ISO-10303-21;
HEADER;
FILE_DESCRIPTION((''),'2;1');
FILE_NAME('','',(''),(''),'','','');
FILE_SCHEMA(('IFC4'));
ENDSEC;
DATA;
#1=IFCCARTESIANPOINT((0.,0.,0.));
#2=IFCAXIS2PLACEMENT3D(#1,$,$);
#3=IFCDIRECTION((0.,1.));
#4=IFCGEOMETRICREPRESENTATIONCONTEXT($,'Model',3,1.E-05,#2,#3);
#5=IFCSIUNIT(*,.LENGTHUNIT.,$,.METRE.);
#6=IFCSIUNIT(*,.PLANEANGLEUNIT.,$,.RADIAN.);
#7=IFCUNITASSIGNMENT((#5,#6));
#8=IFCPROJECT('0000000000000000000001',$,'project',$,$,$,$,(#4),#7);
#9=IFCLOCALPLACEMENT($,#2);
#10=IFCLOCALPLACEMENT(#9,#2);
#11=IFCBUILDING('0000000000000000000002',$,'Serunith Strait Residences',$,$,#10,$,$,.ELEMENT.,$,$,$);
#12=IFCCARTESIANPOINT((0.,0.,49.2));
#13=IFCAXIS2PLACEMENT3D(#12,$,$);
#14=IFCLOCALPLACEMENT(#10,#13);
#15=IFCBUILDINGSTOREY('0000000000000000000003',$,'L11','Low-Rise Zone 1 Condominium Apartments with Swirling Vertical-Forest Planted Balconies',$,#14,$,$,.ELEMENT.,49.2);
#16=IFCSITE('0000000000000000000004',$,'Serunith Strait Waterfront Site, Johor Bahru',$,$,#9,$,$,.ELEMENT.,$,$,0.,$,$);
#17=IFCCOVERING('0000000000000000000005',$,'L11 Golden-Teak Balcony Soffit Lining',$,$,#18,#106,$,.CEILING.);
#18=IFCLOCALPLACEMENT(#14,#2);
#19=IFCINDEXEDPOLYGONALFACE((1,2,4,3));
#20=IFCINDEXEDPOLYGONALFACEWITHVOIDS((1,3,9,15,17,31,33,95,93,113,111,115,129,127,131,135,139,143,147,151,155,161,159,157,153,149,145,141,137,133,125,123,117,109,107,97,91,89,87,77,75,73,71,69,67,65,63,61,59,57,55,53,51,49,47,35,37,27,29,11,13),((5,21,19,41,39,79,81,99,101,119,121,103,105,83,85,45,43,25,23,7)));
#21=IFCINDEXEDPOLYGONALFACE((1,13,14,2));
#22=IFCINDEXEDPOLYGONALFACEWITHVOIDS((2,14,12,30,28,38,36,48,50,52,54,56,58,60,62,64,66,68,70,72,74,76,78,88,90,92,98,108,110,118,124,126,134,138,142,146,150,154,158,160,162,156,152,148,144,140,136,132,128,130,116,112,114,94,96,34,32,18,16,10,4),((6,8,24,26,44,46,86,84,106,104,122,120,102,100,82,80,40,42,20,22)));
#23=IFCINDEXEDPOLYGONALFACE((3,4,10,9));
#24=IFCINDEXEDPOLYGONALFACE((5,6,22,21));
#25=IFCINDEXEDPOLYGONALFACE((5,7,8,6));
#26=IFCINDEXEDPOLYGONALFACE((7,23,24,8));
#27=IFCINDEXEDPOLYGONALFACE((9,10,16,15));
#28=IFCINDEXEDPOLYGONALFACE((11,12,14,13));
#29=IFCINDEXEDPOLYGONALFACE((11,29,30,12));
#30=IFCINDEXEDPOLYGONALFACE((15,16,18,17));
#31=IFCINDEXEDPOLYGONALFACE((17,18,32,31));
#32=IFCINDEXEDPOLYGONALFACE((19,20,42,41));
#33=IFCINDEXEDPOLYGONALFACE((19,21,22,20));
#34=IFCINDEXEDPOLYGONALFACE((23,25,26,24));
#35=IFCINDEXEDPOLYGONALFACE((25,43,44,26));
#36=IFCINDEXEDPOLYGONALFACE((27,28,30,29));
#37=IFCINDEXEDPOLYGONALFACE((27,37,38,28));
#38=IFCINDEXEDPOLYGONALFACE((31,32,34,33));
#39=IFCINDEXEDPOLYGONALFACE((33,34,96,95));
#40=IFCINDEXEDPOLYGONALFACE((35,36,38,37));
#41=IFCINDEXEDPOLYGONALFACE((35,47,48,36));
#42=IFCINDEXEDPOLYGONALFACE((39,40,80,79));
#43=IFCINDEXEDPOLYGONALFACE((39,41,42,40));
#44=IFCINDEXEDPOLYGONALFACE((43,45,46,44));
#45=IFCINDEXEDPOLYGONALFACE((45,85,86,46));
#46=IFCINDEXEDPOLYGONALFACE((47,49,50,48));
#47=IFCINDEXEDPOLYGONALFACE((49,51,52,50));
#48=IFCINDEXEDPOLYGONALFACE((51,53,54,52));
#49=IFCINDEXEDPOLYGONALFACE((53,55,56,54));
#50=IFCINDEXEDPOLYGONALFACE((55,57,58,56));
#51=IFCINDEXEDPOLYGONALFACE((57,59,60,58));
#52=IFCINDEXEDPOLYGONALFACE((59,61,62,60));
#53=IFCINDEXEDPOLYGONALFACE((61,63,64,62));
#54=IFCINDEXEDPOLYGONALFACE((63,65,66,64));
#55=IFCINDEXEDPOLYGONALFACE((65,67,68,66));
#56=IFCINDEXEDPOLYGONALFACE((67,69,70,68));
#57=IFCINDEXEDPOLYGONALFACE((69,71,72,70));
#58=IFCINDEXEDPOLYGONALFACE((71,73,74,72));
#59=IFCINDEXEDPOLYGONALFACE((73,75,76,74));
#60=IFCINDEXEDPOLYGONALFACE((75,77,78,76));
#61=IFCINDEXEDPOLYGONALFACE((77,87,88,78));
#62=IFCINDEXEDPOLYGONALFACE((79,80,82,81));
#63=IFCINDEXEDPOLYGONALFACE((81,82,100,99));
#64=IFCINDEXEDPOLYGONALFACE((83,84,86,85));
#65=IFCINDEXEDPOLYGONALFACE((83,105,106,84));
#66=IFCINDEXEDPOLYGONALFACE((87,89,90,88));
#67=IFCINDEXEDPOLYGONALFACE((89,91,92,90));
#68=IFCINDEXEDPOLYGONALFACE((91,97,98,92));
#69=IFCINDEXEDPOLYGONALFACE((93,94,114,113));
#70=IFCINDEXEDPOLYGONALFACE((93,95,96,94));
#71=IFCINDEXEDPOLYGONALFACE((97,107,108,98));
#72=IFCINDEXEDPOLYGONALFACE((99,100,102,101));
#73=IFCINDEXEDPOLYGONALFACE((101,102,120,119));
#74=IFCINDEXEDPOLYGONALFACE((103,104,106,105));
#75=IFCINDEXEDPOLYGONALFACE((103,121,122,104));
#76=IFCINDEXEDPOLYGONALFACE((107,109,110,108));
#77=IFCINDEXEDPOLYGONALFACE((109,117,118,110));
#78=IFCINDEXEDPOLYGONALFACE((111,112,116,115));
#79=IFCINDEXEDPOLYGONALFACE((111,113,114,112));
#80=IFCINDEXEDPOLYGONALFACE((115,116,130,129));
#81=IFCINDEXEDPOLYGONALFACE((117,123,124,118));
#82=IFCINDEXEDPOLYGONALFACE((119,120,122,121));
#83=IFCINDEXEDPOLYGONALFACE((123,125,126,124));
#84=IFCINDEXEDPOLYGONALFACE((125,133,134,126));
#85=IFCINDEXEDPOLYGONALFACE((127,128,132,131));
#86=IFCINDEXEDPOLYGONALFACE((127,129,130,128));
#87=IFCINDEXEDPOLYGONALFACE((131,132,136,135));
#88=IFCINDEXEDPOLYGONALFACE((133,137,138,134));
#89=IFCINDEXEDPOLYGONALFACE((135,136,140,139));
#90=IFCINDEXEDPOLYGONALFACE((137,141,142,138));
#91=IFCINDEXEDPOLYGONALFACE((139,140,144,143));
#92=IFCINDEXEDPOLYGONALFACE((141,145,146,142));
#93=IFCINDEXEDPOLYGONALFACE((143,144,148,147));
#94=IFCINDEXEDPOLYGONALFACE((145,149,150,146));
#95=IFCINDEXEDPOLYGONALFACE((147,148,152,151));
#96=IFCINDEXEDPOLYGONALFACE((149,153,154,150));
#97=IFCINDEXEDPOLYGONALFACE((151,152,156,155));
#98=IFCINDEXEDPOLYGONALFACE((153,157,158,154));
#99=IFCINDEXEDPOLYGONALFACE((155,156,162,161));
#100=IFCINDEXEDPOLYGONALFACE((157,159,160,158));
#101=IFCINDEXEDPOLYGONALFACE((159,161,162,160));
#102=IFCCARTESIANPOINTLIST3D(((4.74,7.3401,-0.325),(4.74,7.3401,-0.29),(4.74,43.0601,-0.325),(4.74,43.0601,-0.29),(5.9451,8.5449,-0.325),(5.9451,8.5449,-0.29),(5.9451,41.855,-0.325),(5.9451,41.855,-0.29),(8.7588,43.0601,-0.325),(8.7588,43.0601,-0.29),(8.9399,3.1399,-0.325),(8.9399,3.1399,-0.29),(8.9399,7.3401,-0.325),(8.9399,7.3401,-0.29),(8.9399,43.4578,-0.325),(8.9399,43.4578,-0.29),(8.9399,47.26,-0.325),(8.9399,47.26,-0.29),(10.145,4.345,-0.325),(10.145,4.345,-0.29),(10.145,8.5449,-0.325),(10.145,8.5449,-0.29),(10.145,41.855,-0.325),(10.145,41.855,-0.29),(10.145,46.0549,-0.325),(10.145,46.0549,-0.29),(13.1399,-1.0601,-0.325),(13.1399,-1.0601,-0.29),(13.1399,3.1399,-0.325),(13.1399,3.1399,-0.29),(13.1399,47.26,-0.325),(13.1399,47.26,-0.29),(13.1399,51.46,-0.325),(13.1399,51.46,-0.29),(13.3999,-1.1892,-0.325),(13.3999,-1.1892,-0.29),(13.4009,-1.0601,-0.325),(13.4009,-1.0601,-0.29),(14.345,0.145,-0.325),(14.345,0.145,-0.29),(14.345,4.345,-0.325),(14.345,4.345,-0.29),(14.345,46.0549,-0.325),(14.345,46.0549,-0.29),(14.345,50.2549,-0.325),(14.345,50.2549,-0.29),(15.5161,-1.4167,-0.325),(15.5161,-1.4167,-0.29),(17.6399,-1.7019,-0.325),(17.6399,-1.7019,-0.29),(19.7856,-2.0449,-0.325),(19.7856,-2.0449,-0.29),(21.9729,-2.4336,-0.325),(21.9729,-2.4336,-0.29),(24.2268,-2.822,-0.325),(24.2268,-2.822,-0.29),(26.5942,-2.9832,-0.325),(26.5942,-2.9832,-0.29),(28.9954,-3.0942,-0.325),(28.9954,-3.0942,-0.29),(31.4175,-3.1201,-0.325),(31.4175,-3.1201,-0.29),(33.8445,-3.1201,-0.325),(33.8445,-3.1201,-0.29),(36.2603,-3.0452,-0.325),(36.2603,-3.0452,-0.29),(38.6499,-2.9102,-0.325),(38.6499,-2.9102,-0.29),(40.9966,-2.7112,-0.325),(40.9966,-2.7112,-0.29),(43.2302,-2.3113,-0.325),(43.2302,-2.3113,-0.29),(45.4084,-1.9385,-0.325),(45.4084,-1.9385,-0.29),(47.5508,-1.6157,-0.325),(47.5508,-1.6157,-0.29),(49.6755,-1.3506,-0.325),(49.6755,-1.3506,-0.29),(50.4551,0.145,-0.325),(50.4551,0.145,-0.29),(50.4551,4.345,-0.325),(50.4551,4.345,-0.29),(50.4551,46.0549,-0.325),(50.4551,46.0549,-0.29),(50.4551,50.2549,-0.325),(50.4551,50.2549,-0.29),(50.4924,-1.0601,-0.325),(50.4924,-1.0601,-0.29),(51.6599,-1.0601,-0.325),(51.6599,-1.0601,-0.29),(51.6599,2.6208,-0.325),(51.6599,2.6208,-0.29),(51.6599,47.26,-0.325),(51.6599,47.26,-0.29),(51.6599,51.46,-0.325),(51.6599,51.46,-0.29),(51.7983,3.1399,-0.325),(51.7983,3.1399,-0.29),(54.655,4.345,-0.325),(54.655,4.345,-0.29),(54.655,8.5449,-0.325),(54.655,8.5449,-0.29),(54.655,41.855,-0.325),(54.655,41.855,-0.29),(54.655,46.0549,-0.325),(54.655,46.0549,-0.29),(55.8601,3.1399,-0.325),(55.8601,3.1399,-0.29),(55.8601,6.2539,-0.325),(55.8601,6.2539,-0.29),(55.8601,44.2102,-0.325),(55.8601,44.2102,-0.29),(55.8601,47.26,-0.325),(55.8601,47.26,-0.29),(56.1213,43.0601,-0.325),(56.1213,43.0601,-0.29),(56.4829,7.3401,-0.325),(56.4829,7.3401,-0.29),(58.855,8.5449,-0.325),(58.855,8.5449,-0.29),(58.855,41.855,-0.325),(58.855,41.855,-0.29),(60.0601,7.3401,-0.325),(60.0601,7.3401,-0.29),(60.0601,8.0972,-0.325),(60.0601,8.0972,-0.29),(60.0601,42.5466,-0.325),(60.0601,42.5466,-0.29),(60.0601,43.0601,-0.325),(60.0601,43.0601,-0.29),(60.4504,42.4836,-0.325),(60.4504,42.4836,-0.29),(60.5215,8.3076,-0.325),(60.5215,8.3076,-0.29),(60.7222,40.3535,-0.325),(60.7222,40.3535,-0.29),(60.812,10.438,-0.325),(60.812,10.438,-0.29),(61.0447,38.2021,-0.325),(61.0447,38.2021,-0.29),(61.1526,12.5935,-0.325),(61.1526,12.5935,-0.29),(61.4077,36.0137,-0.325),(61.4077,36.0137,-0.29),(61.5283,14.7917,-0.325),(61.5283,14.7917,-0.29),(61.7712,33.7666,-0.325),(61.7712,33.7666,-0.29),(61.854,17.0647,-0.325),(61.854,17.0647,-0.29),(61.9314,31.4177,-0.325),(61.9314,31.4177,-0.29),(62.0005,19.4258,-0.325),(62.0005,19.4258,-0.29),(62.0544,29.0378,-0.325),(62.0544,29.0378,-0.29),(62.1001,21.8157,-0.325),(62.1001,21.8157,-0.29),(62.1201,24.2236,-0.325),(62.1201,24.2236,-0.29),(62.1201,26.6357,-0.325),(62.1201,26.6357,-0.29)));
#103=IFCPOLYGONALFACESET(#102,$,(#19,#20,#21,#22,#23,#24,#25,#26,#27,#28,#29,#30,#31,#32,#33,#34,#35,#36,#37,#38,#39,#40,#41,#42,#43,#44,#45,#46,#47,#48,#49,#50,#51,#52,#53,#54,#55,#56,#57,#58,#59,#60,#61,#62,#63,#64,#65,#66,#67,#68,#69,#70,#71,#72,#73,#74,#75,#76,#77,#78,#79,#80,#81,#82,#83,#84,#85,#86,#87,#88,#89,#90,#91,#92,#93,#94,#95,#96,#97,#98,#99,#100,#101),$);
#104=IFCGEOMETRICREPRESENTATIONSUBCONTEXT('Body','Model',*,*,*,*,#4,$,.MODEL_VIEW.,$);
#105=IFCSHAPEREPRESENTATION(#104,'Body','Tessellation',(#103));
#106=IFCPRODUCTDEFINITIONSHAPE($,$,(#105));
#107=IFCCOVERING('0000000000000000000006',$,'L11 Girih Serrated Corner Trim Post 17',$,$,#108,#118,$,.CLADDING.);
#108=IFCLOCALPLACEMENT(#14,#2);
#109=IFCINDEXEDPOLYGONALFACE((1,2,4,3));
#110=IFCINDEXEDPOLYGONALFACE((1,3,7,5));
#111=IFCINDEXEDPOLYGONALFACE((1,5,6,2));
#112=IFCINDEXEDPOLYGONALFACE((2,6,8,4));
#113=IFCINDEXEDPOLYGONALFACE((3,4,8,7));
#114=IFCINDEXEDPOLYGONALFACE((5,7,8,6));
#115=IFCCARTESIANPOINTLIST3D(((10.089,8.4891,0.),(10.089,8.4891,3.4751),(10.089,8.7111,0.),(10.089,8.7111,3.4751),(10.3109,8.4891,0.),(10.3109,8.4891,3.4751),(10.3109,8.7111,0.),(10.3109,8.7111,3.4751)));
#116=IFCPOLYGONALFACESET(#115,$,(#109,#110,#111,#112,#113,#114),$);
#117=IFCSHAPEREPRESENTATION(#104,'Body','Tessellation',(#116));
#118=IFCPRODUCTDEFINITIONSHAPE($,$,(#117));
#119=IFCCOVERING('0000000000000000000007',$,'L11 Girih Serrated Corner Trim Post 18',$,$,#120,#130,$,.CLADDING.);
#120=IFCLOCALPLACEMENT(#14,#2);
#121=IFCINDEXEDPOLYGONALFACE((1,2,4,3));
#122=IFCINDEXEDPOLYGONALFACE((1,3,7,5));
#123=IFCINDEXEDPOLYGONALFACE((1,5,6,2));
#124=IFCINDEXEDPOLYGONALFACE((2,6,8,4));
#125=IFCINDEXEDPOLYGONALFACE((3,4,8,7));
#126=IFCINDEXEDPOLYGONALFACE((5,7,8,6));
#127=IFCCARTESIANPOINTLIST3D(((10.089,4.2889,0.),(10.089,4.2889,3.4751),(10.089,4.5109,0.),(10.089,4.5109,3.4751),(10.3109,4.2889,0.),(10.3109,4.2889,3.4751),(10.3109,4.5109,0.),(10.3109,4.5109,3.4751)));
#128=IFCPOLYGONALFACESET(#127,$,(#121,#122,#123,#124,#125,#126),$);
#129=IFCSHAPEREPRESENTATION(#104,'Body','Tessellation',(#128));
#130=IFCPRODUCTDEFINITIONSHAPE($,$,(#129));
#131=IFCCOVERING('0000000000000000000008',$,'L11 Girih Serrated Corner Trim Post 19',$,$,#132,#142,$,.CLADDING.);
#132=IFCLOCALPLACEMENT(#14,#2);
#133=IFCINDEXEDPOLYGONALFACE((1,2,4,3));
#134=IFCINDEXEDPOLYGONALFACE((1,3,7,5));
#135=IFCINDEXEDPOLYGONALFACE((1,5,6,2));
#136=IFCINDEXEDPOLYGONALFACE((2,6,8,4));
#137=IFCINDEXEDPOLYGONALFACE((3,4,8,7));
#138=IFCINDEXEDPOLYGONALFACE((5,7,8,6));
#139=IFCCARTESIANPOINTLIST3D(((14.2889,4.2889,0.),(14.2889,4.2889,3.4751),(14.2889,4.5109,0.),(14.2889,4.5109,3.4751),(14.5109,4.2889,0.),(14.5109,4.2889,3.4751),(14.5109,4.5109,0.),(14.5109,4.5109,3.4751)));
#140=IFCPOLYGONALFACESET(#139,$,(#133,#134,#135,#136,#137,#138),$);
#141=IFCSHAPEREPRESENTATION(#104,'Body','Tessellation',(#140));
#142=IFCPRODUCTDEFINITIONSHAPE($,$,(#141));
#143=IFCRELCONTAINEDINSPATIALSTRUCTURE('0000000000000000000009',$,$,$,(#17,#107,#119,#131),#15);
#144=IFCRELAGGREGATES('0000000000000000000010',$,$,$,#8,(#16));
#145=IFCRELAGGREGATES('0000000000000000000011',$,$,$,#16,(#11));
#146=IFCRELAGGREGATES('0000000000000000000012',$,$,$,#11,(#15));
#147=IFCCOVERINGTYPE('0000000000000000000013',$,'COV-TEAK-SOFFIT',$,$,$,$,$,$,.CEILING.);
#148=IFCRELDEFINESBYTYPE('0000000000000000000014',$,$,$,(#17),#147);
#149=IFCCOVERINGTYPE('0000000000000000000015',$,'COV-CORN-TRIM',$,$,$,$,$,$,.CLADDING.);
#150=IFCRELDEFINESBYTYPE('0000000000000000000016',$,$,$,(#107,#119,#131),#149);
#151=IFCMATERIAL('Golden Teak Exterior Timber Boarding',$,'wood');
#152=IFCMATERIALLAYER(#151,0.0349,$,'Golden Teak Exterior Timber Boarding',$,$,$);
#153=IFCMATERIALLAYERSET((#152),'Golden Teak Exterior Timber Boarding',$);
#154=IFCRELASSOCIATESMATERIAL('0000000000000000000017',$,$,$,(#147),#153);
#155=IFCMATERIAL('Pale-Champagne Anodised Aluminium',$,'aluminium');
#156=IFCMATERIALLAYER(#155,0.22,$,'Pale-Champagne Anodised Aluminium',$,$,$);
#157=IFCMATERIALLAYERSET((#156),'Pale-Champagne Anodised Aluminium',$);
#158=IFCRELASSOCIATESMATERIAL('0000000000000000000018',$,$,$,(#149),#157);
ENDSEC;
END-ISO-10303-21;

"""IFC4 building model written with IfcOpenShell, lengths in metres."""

from ifc_helpers import new_model, si_unit, direction, frame, origin, origin_2d, place, context, subcontext, project, spatial, polyline, rectangle, outline, extrude, source, transform, mapped, material, layer, layer_set, type_object, element, save


model = new_model("IFC4")

# Units and contexts
model_context = context("Model", 3, precision=1e-05, world=origin(), true_north=direction((0.0, 1.0)))
body_context = subcontext(model_context, "Body", "Model", "MODEL_VIEW")
ifc_project = project(units=[si_unit("LENGTHUNIT", "METRE"), si_unit("PLANEANGLEUNIT", "RADIAN")], contexts=[model_context])

# Site, building, storey
site_placement = place(None, origin())
site = spatial("IfcSite", under=ifc_project, at=site_placement, Name="Serunith Strait Waterfront Site, Johor Bahru", CompositionType="ELEMENT", RefElevation=0.0)
building_placement = place(site_placement, origin())
building = spatial("IfcBuilding", under=site, at=building_placement, Name="Serunith Strait Residences", CompositionType="ELEMENT")
storey_placement = place(building_placement, frame((0.0, 0.0, 49.2)))
storey = spatial("IfcBuildingStorey", under=building, at=storey_placement, Name="L11", Description="Low-Rise Zone 1 Condominium Apartments with Swirling Vertical-Forest Planted Balconies", CompositionType="ELEMENT", Elevation=49.2)

# Shared definitions
ifc_material_1 = material(Name="Pale-Champagne Anodised Aluminium", Category="aluminium")

# Covering
ifc_material_2 = material(Name="Golden Teak Exterior Timber Boarding", Category="wood")
ifc_layer_1 = layer(ifc_material_2, 0.0349, Name="Golden Teak Exterior Timber Boarding")
ifc_layer_set_1 = layer_set([ifc_layer_1], Name="Golden Teak Exterior Timber Boarding")
covering_type_1 = type_object("IfcCoveringType", Name="COV-TEAK-SOFFIT", PredefinedType="CEILING", material=ifc_layer_set_1)
covering_placement = place(storey_placement, frame((0.0, 0.0, -0.325)))
element("IfcCovering", 1, at=covering_placement, inside=storey, type_object=covering_type_1, Name="L11 Golden-Teak Balcony Soffit Lining", PredefinedType="CEILING", context=body_context, shape_type="SweptSolid", body=[
    extrude(outline(polyline([(13.1399, 3.1399), (8.9399, 3.1399), (8.9399, 7.3401), (4.74, 7.3401), (4.74, 43.0601), (8.7588, 43.0601), (8.9399, 43.4578), (8.9399, 47.26), (13.1399, 47.26), (13.1399, 51.46), (51.6599, 51.46), (51.6599, 47.26), (55.8601, 47.26), (55.8601, 44.2102), (56.1213, 43.0601), (60.0601, 43.0601), (60.0601, 42.5466), (60.4504, 42.4836), (60.7222, 40.3535), (61.0447, 38.2021), (61.4077, 36.0137), (61.7712, 33.7666), (61.9314, 31.4177), (62.0544, 29.0378), (62.1201, 26.6357), (62.1201, 24.2236), (62.1001, 21.8157), (62.0005, 19.4258), (61.854, 17.0647), (61.5283, 14.7917), (61.1526, 12.5935), (60.812, 10.438), (60.5215, 8.3076), (60.0601, 8.0972), (60.0601, 7.3401), (56.4829, 7.3401), (55.8601, 6.2539), (55.8601, 3.1399), (51.7983, 3.1399), (51.6599, 2.6208), (51.6599, -1.0601), (50.4924, -1.0601), (49.6755, -1.3506), (47.5508, -1.6157), (45.4084, -1.9385), (43.2302, -2.3113), (40.9966, -2.7112), (38.6499, -2.9102), (36.2603, -3.0452), (33.8445, -3.1201), (31.4175, -3.1201), (28.9954, -3.0942), (26.5942, -2.9832), (24.2268, -2.822), (21.9729, -2.4336), (19.7856, -2.0449), (17.6399, -1.7019), (15.5161, -1.4167), (13.3999, -1.1892), (13.4009, -1.0601), (13.1399, -1.0601), (13.1399, 3.1399)]), holes=[polyline([(50.4551, 0.145), (50.4551, 4.345), (54.655, 4.345), (54.655, 8.5449), (58.855, 8.5449), (58.855, 41.855), (54.655, 41.855), (54.655, 46.0549), (50.4551, 46.0549), (50.4551, 50.2549), (14.345, 50.2549), (14.345, 46.0549), (10.145, 46.0549), (10.145, 41.855), (5.9451, 41.855), (5.9451, 8.5449), (10.145, 8.5449), (10.145, 4.345), (14.345, 4.345), (14.345, 0.145), (50.4551, 0.145)])]), origin(), (0.0, 0.0, 1.0), 0.0349),
])

# Coverings
ifc_layer_2 = layer(ifc_material_1, 0.22, Name="Pale-Champagne Anodised Aluminium")
ifc_layer_set_2 = layer_set([ifc_layer_2], Name="Pale-Champagne Anodised Aluminium")
covering_type_2 = type_object("IfcCoveringType", Name="COV-CORN-TRIM", PredefinedType="CLADDING", material=ifc_layer_set_2)
shared_shape_1 = source(origin(), body_context, "Body", "SweptSolid", [
    extrude(rectangle(XDim=0.2219, YDim=0.2219, at=origin_2d()), origin(), (0.0, 0.0, 1.0), 3.4751),
])
for number, where, z_axis, x_axis, name in (
    (2, (10.2, 8.6001, 0.0), (0.0, 0.0, 1.0), (1.0, 0.0, 0.0), "L11 Girih Serrated Corner Trim Post 17"),
    (3, (10.2, 4.3999, 0.0), (0.0, 0.0, 1.0), (1.0, 0.0, 0.0), "L11 Girih Serrated Corner Trim Post 18"),
    (4, (14.3999, 4.3999, 0.0), (0.0, 0.0, 1.0), (1.0, 0.0, 0.0), "L11 Girih Serrated Corner Trim Post 19"),
):
    element("IfcCovering", number, at=place(storey_placement, frame(where, z_axis=z_axis, x_axis=x_axis)), inside=storey, type_object=covering_type_2, Name=name, PredefinedType="CLADDING", context=body_context, shape_type="MappedRepresentation", body=[
        mapped(shared_shape_1, transform((0.0, 0.0, 0.0), scale=1.0)),
    ])

save(model, "model.ifc")
